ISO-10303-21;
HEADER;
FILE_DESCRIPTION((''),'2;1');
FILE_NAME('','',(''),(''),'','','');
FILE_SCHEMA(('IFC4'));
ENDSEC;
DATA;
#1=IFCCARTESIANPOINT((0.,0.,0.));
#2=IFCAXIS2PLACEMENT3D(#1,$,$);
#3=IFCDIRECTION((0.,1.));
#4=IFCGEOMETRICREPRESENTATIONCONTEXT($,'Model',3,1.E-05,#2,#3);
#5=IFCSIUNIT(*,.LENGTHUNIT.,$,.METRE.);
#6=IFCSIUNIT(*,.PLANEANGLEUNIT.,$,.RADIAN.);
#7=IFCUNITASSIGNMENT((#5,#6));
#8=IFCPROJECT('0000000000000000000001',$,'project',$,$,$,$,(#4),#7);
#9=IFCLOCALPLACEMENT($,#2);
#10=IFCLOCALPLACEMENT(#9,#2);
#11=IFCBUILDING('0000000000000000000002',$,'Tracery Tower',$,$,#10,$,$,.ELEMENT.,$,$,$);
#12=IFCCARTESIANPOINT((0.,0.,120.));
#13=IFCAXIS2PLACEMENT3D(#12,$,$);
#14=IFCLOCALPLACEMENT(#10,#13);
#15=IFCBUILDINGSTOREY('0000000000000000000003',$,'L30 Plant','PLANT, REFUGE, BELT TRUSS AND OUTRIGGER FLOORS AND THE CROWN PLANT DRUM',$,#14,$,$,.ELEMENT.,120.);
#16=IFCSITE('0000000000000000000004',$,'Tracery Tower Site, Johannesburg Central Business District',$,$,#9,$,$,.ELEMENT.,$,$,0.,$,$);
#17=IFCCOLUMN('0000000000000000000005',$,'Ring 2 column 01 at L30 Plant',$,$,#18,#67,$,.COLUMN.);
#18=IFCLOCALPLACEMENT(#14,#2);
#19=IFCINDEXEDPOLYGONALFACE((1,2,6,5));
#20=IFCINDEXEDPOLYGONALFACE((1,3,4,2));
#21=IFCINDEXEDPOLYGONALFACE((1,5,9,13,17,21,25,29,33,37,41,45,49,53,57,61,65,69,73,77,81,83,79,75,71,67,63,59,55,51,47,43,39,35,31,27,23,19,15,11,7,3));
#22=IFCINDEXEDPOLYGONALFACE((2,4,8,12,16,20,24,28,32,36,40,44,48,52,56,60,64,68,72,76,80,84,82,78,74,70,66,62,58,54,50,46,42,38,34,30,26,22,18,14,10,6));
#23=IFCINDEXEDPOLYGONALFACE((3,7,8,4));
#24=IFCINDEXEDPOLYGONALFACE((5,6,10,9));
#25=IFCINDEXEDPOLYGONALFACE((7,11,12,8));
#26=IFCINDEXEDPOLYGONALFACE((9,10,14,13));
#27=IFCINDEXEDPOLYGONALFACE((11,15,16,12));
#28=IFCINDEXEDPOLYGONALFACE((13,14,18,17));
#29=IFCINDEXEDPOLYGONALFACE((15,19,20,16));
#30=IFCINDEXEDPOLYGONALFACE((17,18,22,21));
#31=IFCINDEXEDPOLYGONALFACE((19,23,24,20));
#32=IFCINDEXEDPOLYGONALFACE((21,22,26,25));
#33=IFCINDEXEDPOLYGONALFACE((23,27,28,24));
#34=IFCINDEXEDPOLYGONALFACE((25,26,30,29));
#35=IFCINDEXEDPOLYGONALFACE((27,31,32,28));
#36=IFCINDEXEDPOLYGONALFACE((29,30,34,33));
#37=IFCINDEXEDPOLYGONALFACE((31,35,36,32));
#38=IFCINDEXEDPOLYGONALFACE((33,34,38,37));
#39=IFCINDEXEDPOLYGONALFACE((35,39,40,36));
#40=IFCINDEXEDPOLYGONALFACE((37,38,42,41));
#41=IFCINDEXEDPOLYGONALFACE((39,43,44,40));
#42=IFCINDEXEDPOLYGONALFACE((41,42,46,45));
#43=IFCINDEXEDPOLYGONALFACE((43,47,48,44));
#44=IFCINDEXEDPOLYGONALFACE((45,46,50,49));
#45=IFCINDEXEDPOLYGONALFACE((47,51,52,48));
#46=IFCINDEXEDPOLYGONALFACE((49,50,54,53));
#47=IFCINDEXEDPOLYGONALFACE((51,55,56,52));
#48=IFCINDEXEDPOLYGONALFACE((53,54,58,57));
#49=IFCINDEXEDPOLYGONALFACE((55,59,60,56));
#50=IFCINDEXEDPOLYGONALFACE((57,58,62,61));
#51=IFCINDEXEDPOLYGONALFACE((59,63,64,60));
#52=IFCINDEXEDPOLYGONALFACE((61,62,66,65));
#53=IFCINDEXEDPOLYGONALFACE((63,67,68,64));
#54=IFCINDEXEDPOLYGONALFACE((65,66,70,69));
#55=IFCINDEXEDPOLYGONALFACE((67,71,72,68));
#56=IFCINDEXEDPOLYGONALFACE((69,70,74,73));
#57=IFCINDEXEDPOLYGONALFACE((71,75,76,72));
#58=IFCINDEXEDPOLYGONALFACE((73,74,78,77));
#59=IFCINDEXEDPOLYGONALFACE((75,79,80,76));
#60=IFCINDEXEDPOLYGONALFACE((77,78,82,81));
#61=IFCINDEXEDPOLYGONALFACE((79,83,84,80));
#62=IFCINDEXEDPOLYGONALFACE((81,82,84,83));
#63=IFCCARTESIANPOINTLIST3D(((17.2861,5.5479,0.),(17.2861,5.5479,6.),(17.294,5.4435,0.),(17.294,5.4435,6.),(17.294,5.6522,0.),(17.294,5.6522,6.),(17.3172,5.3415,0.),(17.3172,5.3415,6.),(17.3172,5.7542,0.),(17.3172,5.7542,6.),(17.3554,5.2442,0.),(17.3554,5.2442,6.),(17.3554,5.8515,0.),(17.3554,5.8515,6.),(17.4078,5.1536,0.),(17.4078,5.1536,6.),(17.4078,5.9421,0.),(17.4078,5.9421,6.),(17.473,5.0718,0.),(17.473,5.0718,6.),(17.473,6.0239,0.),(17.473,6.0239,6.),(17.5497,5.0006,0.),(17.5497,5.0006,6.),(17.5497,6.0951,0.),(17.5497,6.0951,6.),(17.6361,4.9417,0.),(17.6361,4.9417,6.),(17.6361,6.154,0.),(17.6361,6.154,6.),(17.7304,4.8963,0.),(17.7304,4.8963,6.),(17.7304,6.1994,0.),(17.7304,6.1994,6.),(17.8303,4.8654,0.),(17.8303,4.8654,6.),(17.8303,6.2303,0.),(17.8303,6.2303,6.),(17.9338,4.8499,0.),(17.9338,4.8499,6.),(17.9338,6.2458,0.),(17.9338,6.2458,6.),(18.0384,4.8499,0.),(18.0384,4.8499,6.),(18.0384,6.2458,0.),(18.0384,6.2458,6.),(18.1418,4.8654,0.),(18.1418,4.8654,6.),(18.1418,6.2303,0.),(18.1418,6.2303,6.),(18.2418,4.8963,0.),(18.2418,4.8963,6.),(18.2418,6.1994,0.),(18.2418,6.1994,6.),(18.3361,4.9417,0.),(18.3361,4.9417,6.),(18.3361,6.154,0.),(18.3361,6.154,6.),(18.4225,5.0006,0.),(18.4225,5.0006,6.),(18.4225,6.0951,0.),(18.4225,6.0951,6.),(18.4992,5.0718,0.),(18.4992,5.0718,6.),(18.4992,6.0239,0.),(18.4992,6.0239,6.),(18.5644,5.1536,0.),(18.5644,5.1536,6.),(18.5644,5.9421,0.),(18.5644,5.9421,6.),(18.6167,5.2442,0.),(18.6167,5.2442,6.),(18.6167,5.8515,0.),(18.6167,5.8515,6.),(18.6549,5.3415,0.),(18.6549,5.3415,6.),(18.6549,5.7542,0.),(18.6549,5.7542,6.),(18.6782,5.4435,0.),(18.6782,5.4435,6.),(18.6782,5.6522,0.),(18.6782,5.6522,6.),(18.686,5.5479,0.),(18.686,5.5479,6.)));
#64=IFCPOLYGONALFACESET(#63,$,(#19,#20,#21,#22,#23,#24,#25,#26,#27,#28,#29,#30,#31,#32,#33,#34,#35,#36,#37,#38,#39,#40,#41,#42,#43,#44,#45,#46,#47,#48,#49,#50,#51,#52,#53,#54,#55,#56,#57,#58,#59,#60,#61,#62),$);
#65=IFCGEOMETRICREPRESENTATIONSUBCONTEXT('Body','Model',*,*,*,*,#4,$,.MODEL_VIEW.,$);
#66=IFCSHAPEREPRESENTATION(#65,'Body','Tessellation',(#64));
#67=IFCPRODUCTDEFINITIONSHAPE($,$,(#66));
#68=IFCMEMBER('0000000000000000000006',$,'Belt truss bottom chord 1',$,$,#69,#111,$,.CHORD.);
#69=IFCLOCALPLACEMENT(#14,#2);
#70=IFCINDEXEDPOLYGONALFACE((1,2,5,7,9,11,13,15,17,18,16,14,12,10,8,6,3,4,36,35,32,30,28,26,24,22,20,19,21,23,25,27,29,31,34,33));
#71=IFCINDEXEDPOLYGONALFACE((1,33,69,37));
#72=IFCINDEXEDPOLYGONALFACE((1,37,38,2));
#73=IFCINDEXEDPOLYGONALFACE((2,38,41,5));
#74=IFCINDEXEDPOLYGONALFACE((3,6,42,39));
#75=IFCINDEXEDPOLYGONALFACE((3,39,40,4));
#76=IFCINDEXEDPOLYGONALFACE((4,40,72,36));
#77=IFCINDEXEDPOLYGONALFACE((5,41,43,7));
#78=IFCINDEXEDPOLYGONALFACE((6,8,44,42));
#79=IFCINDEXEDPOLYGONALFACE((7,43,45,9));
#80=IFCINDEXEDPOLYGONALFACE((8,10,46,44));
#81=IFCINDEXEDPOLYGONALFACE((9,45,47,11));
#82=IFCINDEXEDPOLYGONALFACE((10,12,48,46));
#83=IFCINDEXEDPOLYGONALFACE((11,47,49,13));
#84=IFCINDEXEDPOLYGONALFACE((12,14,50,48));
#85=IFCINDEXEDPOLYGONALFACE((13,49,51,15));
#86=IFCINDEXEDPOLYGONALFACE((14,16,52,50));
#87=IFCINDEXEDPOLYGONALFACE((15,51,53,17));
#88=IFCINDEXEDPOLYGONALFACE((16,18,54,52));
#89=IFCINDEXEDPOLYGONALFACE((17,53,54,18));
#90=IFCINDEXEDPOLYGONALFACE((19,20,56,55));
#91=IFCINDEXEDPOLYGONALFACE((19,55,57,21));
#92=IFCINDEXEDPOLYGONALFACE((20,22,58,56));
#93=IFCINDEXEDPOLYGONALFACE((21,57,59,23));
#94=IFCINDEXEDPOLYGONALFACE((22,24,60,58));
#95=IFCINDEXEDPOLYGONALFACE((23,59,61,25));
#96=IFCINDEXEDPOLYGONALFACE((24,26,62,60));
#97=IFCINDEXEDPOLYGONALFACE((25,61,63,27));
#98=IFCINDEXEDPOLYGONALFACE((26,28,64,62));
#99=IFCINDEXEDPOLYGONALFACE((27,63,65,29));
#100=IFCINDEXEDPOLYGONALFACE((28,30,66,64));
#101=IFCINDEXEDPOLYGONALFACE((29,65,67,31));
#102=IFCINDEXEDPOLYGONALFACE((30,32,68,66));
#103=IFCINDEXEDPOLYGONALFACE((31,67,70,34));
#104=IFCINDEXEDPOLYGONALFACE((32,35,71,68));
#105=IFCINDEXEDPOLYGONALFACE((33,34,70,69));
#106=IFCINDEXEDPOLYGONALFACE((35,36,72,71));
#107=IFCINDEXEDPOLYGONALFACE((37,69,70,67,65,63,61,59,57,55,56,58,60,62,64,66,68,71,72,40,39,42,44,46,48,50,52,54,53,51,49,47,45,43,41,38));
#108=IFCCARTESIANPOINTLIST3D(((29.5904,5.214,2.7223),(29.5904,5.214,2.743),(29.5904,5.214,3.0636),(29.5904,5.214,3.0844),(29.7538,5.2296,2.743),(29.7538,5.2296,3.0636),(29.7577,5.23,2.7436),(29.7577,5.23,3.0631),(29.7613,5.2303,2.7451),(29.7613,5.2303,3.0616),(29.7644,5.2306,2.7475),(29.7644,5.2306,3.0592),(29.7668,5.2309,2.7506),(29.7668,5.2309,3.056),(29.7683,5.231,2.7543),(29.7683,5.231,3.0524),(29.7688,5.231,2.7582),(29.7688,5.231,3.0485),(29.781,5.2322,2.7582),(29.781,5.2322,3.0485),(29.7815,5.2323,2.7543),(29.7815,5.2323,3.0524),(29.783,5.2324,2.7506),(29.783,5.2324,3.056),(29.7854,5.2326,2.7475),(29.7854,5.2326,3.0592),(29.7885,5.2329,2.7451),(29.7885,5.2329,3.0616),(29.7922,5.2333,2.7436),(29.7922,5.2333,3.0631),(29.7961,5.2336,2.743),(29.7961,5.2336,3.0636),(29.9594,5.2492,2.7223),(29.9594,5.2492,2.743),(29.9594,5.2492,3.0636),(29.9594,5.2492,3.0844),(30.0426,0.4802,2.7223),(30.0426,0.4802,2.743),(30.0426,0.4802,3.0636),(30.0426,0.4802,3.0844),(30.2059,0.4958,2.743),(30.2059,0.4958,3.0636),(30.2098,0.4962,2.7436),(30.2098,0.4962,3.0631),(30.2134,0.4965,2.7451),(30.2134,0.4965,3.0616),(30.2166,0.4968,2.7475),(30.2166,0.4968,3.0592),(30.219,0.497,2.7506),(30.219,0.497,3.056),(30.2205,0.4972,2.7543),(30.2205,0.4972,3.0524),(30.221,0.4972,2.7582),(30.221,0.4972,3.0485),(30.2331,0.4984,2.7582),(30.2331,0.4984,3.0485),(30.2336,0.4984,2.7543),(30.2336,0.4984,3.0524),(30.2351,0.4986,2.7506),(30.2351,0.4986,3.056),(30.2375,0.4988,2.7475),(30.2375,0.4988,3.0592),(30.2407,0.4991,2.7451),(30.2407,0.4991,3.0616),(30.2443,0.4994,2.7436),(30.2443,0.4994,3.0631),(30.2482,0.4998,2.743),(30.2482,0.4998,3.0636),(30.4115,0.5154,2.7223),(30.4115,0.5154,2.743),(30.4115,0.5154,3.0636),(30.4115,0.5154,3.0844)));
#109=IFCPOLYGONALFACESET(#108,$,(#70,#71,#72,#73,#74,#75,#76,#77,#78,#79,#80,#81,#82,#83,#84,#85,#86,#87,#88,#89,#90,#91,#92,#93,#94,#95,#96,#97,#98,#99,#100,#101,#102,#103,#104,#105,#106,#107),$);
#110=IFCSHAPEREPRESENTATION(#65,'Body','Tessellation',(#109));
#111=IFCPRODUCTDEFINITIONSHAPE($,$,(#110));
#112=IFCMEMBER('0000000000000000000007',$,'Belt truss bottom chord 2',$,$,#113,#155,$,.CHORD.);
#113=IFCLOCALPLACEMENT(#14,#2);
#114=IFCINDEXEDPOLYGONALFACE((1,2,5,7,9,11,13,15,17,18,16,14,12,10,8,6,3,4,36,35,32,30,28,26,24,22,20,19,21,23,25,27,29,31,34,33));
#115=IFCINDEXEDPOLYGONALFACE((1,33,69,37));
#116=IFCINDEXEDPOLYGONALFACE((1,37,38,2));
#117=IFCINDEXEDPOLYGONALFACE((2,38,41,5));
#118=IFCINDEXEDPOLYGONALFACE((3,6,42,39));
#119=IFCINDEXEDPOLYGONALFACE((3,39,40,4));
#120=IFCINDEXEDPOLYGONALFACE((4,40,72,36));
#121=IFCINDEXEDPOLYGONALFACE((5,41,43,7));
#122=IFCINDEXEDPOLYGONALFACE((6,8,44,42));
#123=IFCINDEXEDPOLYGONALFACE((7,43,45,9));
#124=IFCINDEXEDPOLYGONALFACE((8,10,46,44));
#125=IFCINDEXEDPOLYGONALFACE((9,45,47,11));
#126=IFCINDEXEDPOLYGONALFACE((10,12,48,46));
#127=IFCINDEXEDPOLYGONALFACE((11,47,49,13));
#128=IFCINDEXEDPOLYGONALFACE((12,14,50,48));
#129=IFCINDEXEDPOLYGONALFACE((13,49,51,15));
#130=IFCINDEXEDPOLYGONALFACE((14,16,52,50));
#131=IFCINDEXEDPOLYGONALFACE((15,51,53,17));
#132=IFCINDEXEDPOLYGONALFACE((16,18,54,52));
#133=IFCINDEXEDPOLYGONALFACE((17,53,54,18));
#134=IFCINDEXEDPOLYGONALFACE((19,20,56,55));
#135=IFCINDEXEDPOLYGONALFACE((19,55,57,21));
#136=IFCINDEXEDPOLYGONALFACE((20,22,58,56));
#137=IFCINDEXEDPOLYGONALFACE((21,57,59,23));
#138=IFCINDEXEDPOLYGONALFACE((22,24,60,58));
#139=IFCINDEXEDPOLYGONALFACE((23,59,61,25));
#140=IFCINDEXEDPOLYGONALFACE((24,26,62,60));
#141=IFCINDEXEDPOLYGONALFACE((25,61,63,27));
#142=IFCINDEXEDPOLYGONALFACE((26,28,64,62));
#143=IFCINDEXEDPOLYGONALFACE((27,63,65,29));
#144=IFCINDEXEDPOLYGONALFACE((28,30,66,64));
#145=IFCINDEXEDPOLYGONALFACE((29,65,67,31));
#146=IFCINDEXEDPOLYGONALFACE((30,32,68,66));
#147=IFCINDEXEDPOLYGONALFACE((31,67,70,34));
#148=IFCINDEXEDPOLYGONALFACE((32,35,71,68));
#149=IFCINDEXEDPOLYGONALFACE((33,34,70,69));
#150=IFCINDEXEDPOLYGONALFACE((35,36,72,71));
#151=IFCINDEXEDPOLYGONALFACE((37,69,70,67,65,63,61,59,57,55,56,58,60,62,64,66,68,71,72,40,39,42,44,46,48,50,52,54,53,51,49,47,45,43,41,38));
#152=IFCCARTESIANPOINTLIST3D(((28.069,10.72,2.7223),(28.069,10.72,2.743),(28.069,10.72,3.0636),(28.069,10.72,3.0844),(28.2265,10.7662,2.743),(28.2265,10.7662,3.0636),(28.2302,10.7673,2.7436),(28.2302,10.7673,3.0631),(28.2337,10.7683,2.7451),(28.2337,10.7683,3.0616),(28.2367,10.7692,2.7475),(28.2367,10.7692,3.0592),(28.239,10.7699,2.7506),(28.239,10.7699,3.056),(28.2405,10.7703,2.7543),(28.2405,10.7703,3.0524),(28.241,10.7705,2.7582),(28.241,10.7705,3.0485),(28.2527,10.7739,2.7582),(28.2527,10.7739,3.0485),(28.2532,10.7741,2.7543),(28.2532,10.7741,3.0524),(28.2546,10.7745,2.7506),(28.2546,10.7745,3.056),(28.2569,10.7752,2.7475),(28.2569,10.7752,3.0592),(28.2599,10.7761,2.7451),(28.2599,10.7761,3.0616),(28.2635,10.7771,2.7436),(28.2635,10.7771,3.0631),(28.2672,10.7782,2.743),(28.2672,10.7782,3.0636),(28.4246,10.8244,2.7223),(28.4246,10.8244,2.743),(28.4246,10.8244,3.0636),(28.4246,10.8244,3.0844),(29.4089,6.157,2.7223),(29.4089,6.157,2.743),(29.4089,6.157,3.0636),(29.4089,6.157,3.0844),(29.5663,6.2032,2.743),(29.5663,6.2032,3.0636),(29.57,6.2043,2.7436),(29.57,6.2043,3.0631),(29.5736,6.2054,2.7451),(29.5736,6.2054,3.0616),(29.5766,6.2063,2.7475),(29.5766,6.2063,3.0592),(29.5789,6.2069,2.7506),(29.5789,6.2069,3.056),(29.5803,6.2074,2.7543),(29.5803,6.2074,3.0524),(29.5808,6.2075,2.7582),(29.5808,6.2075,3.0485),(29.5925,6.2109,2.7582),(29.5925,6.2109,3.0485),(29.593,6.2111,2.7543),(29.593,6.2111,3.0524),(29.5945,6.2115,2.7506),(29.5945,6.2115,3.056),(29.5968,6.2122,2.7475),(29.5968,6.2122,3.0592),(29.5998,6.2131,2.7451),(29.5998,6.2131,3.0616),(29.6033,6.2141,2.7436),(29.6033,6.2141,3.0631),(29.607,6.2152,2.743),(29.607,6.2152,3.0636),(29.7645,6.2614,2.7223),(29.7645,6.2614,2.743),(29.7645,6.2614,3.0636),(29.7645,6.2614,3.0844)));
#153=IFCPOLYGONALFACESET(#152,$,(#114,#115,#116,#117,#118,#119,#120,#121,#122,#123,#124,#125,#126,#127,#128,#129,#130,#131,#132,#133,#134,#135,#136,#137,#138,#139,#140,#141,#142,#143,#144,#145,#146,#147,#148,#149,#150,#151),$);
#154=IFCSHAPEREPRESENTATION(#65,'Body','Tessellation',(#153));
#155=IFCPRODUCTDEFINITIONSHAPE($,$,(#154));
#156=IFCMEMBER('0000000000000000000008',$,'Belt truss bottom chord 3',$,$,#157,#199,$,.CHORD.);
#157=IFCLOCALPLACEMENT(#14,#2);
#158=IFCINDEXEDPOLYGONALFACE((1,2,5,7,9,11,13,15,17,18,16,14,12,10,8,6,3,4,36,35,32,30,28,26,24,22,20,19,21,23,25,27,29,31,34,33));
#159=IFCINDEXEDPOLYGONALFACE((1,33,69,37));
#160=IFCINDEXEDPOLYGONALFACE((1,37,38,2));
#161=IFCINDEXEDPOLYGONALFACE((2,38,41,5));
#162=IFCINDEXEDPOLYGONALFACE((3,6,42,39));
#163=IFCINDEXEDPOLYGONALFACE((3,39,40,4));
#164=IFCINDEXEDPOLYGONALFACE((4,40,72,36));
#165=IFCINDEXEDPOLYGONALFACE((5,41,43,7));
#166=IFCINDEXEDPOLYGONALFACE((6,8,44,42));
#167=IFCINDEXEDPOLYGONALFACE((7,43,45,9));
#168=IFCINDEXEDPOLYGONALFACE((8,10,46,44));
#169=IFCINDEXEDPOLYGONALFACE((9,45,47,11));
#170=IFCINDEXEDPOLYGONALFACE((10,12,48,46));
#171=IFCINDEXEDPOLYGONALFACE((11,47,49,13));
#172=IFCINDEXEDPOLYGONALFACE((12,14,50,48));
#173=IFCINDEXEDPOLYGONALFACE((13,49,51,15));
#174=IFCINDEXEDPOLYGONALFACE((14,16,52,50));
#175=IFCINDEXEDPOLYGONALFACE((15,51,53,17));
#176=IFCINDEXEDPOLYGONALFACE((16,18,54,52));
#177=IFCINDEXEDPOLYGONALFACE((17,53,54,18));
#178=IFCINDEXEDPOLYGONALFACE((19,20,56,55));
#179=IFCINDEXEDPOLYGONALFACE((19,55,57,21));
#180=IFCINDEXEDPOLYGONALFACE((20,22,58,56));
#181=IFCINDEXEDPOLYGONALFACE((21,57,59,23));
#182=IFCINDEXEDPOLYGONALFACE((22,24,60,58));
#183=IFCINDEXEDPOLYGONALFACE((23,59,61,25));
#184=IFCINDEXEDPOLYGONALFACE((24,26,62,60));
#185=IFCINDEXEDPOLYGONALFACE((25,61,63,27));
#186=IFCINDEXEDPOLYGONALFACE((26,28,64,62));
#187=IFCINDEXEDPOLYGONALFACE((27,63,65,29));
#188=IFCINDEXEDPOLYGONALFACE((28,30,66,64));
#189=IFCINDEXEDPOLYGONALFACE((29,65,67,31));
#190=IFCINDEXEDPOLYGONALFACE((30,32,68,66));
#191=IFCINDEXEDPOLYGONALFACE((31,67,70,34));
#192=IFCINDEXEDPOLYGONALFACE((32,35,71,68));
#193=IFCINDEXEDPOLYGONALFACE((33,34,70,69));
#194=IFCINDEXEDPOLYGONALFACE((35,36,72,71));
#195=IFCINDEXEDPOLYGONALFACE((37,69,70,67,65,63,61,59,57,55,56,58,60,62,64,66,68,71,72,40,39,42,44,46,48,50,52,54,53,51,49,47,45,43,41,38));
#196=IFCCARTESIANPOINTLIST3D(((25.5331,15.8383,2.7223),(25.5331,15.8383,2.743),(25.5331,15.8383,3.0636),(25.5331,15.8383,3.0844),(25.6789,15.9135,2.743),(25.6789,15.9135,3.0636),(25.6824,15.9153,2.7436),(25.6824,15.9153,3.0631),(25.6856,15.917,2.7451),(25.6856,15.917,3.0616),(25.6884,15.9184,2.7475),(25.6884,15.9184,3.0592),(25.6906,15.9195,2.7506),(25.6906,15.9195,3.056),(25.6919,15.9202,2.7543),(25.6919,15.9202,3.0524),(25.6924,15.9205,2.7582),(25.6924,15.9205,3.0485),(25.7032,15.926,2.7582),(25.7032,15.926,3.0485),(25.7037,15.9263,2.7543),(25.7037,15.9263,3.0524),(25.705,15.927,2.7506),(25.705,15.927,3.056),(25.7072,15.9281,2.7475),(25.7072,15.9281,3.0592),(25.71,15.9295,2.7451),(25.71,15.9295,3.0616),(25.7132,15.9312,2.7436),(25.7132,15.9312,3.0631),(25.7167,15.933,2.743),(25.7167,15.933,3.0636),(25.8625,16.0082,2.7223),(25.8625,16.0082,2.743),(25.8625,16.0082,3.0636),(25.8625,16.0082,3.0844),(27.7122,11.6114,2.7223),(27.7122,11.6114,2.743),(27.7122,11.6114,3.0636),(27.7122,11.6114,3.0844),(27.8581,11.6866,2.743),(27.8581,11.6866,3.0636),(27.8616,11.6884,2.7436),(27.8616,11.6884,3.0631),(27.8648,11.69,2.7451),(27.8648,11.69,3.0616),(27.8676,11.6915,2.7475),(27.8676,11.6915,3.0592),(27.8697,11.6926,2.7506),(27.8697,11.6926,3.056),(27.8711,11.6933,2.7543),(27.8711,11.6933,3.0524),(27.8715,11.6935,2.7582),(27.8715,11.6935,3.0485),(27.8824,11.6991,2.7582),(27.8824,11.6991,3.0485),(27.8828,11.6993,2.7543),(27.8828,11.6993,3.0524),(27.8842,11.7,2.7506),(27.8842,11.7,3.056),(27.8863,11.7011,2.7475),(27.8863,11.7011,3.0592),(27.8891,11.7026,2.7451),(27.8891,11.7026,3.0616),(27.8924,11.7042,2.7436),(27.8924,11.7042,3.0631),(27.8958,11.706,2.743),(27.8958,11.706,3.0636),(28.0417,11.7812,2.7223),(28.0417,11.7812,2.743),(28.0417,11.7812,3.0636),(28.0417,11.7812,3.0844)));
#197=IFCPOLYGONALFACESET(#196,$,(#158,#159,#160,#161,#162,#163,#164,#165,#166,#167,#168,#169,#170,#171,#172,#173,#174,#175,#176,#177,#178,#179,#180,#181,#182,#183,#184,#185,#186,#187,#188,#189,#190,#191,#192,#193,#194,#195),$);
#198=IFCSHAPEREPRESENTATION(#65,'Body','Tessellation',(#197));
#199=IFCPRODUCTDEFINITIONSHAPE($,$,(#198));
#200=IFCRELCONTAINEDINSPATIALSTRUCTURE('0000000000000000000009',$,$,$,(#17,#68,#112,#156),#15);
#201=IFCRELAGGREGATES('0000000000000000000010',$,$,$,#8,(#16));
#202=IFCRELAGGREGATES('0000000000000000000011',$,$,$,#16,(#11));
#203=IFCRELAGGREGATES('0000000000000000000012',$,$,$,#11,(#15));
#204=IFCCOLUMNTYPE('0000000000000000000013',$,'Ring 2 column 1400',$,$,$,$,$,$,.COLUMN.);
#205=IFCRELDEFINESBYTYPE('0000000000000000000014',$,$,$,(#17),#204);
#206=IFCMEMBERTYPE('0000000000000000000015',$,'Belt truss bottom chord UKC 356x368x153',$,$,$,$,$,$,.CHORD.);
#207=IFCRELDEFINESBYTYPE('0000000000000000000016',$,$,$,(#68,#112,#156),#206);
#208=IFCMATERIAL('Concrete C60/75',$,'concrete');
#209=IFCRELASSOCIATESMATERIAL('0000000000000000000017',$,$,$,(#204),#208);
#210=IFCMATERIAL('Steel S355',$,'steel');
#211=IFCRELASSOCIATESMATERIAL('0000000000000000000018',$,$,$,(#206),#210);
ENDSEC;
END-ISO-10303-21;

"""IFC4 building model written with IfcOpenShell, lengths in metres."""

from ifc_helpers import new_model, si_unit, direction, frame, origin, origin_2d, place, context, subcontext, project, spatial, circle, i_section, extrude, material, material_profile, profile_set, type_object, element, save


model = new_model("IFC4")

# Units and contexts
model_context = context("Model", 3, precision=1e-05, world=origin(), true_north=direction((0.0, 1.0)))
body_context = subcontext(model_context, "Body", "Model", "MODEL_VIEW")
ifc_project = project(units=[si_unit("LENGTHUNIT", "METRE"), si_unit("PLANEANGLEUNIT", "RADIAN")], contexts=[model_context])

# Site, building, storey
site_placement = place(None, origin())
site = spatial("IfcSite", under=ifc_project, at=site_placement, Name="Tracery Tower Site, Johannesburg Central Business District", CompositionType="ELEMENT", RefElevation=0.0)
building_placement = place(site_placement, origin())
building = spatial("IfcBuilding", under=site, at=building_placement, Name="Tracery Tower", CompositionType="ELEMENT")
storey_placement = place(building_placement, frame((0.0, 0.0, 120.0)))
storey = spatial("IfcBuildingStorey", under=building, at=storey_placement, Name="L30 Plant", Description="PLANT, REFUGE, BELT TRUSS AND OUTRIGGER FLOORS AND THE CROWN PLANT DRUM", CompositionType="ELEMENT", Elevation=120.0)

# Column
ifc_material_1 = material(Name="Concrete C60/75", Category="concrete")
ifc_material_profile_1 = material_profile(ifc_material_1, circle(Radius=0.7, at=origin_2d()), Name="RC D1400")
ifc_profile_set_1 = profile_set([ifc_material_profile_1], Name="Concrete C60/75")
column_type_1 = type_object("IfcColumnType", Name="Ring 2 column 1400", PredefinedType="COLUMN", material=ifc_profile_set_1)
column_placement = place(storey_placement, frame((17.9861, 5.5479, 0.0), z_axis=(0.0, 0.0, 1.0), x_axis=(1.0, 0.0, 0.0)))
element("IfcColumn", 1, at=column_placement, inside=storey, type_object=column_type_1, Name="Ring 2 column 01 at L30 Plant", PredefinedType="COLUMN", context=body_context, shape_type="SweptSolid", body=[
    extrude(circle(Radius=0.7, at=origin_2d()), origin(), (0.0, 0.0, 1.0), 6.0),
])

# Members
ifc_material_2 = material(Name="Steel S355", Category="steel")
ifc_material_profile_2 = material_profile(ifc_material_2, i_section(OverallWidth=0.3706, OverallDepth=0.3621, WebThickness=0.0122, FlangeThickness=0.0208, FilletRadius=0.0151, at=origin_2d()), Name="UKC 356x368x153")
ifc_profile_set_2 = profile_set([ifc_material_profile_2], Name="Steel S355")
member_type_1 = type_object("IfcMemberType", Name="Belt truss bottom chord UKC 356x368x153", PredefinedType="CHORD", material=ifc_profile_set_2)
member_1_placement = place(storey_placement, frame((30.2271, 0.4978, 2.9033), z_axis=(-0.09508, 0.99547, 0.0), x_axis=(-0.99547, -0.09508, 0.0)))
element("IfcMember", 2, at=member_1_placement, inside=storey, type_object=member_type_1, Name="Belt truss bottom chord 1", PredefinedType="CHORD", context=body_context, shape_type="SweptSolid", body=[
    extrude(i_section(OverallWidth=0.3706, OverallDepth=0.3621, WebThickness=0.0122, FlangeThickness=0.0208, FilletRadius=0.0151, at=origin_2d()), origin(), (0.0, 0.0, 1.0), 4.7554),
])
for number, where, z_axis, x_axis, name in (
    (3, (29.5867, 6.2092, 2.9033), (-0.281738, 0.959491, 0.0), (-0.959491, -0.281738, 0.0), "Belt truss bottom chord 2"),
    (4, (27.877, 11.6963, 2.9033), (-0.458227, 0.888835, 0.0), (-0.888835, -0.458227, 0.0), "Belt truss bottom chord 3"),
):
    element("IfcMember", number, at=place(storey_placement, frame(where, z_axis=z_axis, x_axis=x_axis)), inside=storey, type_object=member_type_1, Name=name, PredefinedType="CHORD", context=body_context, shape_type="SweptSolid", body=[
        extrude(i_section(OverallWidth=0.3706, OverallDepth=0.3621, WebThickness=0.0122, FlangeThickness=0.0208, FilletRadius=0.0151, at=origin_2d()), origin(), (0.0, 0.0, 1.0), 4.7556),
    ])

save(model, "model.ifc")
